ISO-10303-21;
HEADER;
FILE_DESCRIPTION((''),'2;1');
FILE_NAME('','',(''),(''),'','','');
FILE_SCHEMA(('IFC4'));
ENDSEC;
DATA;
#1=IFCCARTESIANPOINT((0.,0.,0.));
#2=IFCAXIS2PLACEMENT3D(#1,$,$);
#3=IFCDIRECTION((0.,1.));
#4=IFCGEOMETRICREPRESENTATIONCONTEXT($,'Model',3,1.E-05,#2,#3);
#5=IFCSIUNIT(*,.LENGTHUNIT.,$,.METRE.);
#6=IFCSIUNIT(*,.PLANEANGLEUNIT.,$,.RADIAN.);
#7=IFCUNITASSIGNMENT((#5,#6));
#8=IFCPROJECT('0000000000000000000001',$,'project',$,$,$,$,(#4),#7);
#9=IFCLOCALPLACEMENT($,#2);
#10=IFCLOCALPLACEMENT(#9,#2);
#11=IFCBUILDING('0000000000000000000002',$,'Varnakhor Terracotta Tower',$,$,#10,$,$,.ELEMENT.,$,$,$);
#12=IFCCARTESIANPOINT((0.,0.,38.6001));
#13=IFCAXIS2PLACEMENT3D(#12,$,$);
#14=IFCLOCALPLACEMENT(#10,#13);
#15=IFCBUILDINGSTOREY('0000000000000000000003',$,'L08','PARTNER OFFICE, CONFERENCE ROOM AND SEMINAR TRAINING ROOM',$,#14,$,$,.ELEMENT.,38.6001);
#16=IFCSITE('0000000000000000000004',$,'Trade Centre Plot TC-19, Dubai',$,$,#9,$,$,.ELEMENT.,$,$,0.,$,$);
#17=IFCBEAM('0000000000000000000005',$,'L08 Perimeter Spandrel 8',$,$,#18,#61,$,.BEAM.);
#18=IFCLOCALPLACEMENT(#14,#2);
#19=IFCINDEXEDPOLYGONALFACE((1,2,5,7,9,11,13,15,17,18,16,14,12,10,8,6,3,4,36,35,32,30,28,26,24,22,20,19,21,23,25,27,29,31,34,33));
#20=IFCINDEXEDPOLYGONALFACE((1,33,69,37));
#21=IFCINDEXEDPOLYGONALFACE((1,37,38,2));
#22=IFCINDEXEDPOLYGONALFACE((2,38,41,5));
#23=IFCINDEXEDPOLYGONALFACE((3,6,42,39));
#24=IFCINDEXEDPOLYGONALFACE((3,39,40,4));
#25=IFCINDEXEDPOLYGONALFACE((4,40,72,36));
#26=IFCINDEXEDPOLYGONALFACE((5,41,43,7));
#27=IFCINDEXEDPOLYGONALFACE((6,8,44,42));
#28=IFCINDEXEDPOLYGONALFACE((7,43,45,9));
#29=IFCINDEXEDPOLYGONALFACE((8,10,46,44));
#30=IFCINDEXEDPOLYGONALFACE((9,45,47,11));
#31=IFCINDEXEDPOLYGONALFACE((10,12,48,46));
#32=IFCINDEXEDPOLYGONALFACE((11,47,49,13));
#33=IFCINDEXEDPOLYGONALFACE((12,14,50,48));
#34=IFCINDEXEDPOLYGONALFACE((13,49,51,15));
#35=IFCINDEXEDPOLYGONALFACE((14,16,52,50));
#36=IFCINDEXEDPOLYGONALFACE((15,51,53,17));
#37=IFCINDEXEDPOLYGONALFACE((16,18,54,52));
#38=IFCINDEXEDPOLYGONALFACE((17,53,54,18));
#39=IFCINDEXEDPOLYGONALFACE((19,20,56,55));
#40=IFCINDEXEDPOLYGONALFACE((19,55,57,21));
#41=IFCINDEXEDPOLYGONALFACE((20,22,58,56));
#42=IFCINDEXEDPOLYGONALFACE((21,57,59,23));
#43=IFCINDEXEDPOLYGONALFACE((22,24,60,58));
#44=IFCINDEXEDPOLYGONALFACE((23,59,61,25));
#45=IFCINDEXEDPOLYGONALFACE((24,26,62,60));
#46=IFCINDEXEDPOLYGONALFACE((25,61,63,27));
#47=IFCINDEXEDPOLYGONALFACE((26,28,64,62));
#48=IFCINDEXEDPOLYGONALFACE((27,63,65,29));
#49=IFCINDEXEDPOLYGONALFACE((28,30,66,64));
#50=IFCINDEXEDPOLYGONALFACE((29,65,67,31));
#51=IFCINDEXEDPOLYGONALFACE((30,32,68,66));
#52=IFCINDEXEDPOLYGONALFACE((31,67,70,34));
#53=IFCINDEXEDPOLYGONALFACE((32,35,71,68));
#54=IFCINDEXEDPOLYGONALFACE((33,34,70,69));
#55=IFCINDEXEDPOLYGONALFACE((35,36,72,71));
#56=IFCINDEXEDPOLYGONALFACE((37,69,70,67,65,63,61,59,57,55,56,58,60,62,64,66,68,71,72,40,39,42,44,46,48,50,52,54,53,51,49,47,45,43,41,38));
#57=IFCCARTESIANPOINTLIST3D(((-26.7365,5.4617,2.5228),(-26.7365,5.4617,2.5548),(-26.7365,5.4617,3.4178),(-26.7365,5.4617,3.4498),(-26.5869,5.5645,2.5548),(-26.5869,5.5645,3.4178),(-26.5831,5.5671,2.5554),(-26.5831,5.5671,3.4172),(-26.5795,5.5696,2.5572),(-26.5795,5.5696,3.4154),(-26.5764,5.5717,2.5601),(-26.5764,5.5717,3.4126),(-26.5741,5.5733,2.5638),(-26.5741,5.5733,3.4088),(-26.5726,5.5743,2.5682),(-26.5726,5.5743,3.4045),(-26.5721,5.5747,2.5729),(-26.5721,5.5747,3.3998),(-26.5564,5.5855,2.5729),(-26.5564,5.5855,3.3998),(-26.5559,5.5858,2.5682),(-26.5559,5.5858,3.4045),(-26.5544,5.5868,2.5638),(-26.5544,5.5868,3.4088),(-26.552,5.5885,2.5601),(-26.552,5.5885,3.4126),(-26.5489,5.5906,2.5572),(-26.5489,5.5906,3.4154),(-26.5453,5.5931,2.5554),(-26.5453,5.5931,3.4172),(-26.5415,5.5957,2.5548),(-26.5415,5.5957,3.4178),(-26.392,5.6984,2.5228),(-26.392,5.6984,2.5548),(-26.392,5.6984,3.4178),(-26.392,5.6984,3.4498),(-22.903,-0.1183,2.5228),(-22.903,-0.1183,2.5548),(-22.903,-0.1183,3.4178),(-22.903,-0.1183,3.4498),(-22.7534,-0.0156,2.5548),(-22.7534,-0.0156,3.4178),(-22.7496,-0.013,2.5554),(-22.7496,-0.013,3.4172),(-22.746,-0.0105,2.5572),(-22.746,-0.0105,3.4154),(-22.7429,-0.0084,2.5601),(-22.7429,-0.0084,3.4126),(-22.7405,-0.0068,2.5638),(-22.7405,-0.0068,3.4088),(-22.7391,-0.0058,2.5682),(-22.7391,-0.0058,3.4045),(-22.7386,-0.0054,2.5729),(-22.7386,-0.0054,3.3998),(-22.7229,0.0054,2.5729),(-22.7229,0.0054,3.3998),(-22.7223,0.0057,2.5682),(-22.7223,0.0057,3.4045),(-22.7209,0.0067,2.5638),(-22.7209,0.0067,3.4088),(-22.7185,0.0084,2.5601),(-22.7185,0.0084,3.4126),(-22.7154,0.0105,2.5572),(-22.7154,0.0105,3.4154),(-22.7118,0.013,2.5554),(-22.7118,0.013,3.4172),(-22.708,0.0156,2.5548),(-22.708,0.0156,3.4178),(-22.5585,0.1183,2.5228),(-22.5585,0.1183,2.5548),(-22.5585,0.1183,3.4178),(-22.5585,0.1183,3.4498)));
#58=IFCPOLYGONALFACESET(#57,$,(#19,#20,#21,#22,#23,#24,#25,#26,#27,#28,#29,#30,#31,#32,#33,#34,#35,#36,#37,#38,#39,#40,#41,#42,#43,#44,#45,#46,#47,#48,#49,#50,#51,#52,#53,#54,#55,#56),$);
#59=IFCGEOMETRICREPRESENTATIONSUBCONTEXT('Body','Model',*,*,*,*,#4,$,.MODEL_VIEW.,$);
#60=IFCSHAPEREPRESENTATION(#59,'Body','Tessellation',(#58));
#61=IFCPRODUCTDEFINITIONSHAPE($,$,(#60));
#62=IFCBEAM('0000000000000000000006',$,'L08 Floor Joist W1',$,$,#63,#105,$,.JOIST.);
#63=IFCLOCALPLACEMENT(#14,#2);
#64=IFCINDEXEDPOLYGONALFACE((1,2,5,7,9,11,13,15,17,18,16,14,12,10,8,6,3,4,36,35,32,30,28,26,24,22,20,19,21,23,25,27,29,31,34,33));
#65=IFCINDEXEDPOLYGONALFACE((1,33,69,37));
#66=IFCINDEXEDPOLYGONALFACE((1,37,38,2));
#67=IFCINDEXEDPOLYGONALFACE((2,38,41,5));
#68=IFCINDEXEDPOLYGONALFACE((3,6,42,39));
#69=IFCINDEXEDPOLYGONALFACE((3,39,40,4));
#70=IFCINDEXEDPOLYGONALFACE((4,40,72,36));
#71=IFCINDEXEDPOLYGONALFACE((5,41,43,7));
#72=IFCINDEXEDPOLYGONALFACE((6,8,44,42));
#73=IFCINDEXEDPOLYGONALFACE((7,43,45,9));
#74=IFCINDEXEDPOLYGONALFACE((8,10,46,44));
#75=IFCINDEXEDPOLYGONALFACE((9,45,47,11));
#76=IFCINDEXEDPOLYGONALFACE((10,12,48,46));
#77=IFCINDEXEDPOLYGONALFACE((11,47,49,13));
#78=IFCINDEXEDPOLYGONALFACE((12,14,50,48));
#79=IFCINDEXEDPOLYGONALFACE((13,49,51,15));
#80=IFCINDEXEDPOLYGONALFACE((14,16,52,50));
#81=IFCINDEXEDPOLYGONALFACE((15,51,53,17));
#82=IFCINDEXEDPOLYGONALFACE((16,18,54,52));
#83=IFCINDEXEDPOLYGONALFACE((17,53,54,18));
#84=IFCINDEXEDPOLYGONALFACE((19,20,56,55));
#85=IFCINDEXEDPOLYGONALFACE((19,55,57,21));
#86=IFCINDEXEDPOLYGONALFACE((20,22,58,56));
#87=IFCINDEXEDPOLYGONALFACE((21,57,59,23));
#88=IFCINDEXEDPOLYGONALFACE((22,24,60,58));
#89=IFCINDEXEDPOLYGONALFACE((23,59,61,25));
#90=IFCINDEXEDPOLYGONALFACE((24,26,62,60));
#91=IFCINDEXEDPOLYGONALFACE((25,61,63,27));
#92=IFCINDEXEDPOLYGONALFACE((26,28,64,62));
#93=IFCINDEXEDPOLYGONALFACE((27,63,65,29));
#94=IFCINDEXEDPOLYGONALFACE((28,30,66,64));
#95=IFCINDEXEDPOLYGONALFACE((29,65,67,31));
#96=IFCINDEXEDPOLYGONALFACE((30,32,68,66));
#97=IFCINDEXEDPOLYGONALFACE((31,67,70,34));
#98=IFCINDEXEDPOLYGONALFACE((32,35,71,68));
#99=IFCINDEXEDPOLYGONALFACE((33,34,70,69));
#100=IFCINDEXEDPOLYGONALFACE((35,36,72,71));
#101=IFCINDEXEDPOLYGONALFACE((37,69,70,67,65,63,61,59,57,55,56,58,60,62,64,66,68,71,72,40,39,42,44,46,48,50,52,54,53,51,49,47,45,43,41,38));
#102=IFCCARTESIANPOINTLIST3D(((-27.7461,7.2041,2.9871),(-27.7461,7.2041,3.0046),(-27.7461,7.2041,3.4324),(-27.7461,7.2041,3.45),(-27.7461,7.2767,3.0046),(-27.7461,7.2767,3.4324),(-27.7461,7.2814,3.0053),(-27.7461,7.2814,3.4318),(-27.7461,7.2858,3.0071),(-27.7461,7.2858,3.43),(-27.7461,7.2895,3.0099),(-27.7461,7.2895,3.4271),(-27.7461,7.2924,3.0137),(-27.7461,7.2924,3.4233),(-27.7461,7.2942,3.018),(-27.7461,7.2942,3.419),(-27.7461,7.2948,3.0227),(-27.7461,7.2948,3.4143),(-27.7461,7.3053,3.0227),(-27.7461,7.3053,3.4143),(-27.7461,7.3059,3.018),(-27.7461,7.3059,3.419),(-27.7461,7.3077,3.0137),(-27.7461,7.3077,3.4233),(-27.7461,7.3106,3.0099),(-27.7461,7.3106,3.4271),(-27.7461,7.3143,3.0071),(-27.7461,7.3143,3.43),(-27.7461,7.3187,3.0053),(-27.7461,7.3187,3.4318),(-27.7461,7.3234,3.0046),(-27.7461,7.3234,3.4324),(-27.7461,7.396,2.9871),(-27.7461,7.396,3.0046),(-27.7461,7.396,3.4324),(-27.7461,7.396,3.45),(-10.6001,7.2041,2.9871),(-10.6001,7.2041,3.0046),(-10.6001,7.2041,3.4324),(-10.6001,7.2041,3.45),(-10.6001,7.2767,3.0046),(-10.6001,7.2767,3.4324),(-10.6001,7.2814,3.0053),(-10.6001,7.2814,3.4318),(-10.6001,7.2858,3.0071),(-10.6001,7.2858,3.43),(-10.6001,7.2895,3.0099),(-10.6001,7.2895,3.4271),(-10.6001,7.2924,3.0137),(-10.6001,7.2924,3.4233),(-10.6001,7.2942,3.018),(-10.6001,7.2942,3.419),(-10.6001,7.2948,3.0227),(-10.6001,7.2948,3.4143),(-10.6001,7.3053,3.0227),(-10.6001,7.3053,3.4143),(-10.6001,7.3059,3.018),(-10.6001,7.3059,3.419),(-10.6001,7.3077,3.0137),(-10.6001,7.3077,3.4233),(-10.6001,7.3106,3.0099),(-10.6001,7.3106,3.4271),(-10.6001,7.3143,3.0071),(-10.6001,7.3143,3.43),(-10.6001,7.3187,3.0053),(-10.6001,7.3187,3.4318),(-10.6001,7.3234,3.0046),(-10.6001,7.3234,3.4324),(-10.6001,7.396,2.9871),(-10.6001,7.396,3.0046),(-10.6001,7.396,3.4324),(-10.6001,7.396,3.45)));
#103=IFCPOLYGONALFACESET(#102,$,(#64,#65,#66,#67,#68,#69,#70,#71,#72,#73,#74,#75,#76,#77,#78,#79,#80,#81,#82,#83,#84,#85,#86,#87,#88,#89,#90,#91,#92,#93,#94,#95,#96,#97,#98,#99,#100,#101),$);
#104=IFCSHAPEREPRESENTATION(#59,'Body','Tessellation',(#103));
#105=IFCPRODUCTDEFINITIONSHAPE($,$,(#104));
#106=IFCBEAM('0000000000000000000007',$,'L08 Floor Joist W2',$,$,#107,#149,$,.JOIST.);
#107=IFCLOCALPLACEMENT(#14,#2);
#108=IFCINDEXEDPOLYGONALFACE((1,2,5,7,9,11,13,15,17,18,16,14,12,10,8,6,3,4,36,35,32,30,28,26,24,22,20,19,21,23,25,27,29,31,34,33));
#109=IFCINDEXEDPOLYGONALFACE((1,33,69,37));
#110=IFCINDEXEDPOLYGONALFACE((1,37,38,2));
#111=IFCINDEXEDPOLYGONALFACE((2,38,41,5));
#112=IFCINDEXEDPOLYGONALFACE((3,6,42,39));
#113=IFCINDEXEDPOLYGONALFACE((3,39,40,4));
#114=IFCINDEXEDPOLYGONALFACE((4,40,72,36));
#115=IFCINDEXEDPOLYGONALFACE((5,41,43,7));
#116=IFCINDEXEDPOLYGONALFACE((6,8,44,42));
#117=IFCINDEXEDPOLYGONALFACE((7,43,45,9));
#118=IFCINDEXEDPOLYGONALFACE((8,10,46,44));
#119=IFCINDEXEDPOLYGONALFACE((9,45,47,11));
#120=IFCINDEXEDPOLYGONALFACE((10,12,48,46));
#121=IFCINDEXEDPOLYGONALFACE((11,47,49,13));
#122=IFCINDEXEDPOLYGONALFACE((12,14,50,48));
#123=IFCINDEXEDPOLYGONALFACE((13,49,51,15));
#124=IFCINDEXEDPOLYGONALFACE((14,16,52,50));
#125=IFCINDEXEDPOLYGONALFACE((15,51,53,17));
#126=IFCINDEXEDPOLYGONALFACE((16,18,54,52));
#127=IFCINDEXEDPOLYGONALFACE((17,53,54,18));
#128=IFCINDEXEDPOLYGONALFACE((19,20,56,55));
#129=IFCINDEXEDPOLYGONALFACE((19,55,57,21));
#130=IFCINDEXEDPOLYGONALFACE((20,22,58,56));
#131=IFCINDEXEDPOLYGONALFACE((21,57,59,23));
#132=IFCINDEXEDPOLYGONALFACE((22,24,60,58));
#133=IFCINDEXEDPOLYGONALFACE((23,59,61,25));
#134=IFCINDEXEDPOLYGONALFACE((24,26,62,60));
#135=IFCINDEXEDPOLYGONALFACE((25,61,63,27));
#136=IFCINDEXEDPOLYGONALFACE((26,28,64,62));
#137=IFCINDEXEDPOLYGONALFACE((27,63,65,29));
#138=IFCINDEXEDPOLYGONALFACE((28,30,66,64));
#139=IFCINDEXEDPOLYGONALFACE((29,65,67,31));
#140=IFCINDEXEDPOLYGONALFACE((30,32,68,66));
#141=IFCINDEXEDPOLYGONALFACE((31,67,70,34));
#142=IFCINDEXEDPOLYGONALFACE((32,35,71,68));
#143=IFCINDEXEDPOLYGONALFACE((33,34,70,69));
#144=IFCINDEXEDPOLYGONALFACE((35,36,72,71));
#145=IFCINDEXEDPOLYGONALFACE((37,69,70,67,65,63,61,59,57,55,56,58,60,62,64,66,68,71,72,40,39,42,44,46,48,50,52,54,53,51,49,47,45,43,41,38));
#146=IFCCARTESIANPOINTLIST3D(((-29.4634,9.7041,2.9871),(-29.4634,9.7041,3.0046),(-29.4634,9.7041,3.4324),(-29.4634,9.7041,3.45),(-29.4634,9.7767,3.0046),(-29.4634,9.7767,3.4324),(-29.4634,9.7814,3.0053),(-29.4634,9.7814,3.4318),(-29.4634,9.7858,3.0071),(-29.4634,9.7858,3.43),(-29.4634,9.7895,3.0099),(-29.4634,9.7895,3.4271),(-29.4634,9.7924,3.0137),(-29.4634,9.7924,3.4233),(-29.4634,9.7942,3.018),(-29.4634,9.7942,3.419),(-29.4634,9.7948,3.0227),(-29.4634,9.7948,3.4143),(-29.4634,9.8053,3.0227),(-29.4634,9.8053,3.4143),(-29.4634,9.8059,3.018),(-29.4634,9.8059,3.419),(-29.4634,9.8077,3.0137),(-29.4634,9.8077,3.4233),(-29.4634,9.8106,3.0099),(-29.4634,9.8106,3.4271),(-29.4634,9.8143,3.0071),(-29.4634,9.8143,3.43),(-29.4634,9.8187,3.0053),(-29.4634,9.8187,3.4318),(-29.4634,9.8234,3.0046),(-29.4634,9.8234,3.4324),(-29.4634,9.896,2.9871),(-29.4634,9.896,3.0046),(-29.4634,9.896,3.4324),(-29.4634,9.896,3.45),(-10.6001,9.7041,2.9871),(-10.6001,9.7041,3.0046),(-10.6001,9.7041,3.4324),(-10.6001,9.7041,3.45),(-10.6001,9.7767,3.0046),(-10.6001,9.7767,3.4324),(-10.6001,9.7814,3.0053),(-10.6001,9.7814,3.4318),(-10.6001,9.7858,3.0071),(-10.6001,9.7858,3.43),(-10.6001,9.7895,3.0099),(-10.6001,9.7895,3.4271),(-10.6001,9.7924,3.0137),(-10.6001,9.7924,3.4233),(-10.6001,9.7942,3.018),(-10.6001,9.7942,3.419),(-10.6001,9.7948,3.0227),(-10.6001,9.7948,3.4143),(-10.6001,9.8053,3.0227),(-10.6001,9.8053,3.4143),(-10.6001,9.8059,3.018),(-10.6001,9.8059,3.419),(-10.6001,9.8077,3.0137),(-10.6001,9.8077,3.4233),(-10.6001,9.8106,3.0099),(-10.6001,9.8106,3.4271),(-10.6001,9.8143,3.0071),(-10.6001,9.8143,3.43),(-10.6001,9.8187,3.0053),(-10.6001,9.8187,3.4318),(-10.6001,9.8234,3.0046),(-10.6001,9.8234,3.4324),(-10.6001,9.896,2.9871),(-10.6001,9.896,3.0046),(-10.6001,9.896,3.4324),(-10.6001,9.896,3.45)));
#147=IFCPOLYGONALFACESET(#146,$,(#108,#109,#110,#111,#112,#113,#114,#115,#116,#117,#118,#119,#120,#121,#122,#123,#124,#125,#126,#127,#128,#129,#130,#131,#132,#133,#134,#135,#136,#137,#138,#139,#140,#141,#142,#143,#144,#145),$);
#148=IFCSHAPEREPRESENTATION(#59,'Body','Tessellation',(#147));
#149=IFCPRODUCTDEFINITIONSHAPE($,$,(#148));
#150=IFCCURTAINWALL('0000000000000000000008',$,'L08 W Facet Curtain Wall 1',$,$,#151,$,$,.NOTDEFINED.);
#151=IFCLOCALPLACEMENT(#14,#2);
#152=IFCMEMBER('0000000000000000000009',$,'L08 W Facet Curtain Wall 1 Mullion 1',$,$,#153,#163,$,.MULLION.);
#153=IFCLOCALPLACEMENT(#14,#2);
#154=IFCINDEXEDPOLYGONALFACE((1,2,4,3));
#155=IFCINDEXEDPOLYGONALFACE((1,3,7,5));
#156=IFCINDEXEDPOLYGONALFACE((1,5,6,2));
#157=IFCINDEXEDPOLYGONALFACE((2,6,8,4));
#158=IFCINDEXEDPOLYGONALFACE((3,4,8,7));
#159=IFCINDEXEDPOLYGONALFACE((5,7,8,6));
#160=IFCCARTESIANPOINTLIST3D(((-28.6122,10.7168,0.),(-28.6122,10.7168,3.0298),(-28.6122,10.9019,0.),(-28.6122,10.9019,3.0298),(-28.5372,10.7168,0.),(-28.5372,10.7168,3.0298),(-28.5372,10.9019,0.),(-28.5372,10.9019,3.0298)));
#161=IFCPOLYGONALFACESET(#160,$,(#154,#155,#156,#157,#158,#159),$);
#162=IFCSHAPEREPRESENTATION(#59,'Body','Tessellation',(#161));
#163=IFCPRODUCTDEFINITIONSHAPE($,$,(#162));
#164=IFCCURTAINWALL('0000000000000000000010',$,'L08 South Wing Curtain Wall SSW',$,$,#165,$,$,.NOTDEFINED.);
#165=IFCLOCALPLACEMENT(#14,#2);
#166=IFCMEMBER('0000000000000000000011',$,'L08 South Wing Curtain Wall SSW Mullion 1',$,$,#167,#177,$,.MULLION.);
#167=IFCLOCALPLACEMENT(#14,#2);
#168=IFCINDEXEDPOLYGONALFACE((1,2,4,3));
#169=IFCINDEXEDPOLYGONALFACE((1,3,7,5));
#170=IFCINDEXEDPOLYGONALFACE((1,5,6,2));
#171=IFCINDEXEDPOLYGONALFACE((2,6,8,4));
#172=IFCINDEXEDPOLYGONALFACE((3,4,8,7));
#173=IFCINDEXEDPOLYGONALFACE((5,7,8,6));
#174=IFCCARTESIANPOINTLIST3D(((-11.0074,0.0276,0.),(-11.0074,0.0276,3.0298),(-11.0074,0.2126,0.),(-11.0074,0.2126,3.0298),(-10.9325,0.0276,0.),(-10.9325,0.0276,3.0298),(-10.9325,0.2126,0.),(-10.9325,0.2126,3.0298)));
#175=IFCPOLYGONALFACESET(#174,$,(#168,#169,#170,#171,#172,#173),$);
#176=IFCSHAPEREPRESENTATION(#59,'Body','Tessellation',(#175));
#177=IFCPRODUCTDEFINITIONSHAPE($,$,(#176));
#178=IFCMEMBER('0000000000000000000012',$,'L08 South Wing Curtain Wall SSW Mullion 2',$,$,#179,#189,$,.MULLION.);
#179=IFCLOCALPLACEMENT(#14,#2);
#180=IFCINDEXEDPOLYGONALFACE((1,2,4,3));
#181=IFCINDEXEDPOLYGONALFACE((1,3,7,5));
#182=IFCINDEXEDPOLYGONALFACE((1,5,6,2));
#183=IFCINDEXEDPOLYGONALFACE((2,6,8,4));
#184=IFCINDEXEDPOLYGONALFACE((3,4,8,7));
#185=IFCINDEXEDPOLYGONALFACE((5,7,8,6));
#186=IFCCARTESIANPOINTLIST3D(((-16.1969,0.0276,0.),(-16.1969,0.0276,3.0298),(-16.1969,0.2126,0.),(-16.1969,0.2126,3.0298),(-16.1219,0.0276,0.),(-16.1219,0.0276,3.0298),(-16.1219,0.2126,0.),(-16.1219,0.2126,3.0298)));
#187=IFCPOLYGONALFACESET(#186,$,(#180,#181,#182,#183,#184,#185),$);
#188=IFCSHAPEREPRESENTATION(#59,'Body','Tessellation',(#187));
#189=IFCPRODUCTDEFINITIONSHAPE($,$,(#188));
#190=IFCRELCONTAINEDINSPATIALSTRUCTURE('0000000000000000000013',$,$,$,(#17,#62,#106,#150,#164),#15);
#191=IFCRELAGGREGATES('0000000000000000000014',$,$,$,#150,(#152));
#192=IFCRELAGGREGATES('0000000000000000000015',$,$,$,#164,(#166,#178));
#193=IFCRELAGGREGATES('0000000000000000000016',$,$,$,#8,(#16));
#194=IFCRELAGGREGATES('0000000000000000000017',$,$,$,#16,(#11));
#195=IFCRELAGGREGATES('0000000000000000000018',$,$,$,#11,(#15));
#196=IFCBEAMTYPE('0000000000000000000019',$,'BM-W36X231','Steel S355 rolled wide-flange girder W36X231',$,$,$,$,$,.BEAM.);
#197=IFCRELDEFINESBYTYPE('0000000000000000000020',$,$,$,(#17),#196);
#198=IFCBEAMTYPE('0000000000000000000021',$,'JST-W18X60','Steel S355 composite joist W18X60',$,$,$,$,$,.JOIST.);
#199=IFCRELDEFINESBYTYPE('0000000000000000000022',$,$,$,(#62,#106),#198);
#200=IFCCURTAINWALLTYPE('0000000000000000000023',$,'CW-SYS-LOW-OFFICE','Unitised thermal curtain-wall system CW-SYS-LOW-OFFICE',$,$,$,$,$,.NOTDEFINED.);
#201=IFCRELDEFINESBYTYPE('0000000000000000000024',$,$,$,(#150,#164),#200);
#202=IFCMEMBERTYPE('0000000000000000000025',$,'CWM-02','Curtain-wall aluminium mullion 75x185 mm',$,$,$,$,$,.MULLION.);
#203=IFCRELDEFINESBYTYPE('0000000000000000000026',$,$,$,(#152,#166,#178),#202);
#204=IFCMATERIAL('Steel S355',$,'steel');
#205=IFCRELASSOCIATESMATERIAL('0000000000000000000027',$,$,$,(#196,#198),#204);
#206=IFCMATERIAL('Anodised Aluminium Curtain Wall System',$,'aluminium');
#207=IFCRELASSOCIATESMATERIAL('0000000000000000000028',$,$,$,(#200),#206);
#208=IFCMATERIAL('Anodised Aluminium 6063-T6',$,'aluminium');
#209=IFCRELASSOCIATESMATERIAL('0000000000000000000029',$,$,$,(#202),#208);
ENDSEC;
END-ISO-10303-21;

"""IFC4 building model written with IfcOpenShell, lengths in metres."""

from ifc_helpers import new_model, si_unit, direction, frame, origin, origin_2d, place, context, subcontext, project, spatial, rectangle, i_section, extrude, source, transform, mapped, material, material_profile, profile_set, type_object, element, aggregate, save


model = new_model("IFC4")

# Units and contexts
model_context = context("Model", 3, precision=1e-05, world=origin(), true_north=direction((0.0, 1.0)))
body_context = subcontext(model_context, "Body", "Model", "MODEL_VIEW")
ifc_project = project(units=[si_unit("LENGTHUNIT", "METRE"), si_unit("PLANEANGLEUNIT", "RADIAN")], contexts=[model_context])

# Site, building, storey
site_placement = place(None, origin())
site = spatial("IfcSite", under=ifc_project, at=site_placement, Name="Trade Centre Plot TC-19, Dubai", CompositionType="ELEMENT", RefElevation=0.0)
building_placement = place(site_placement, origin())
building = spatial("IfcBuilding", under=site, at=building_placement, Name="Varnakhor Terracotta Tower", CompositionType="ELEMENT")
storey_placement = place(building_placement, frame((0.0, 0.0, 38.6001)))
storey = spatial("IfcBuildingStorey", under=building, at=storey_placement, Name="L08", Description="PARTNER OFFICE, CONFERENCE ROOM AND SEMINAR TRAINING ROOM", CompositionType="ELEMENT", Elevation=38.6001)

# Beams
ifc_material_1 = material(Name="Steel S355", Category="steel")
ifc_material_profile_1 = material_profile(ifc_material_1, i_section(OverallWidth=0.418, OverallDepth=0.927, WebThickness=0.019, FlangeThickness=0.032, FilletRadius=0.0181, at=origin_2d()), Name="W36X231")
ifc_profile_set_1 = profile_set([ifc_material_profile_1], Name="Steel S355")
beam_type_1 = type_object("IfcBeamType", Name="BM-W36X231", Description="Steel S355 rolled wide-flange girder W36X231", PredefinedType="BEAM", material=ifc_profile_set_1)
shared_shape_1 = source(origin(), body_context, "Body", "SweptSolid", [
    extrude(i_section(OverallWidth=0.418, OverallDepth=0.927, WebThickness=0.019, FlangeThickness=0.032, FilletRadius=0.0181, at=origin_2d()), origin(), (0.0, 0.0, 1.0), 6.77),
])
beam_1_placement = place(storey_placement, frame((-26.5642, 5.5801, 2.9863), z_axis=(0.566247, -0.824235, 0.0), x_axis=(0.824235, 0.566247, 0.0)))
element("IfcBeam", 1, at=beam_1_placement, inside=storey, type_object=beam_type_1, Name="L08 Perimeter Spandrel 8", PredefinedType="BEAM", context=body_context, shape_type="MappedRepresentation", body=[
    mapped(shared_shape_1, transform((0.0, 0.0, 0.0), scale=1.0)),
])
ifc_material_profile_2 = material_profile(ifc_material_1, i_section(OverallWidth=0.1919, OverallDepth=0.4629, WebThickness=0.0105, FlangeThickness=0.0176, FilletRadius=0.0181, at=origin_2d()), Name="W18X60")
ifc_profile_set_2 = profile_set([ifc_material_profile_2], Name="Steel S355")
beam_type_2 = type_object("IfcBeamType", Name="JST-W18X60", Description="Steel S355 composite joist W18X60", PredefinedType="JOIST", material=ifc_profile_set_2)
shared_shape_2 = source(origin(), body_context, "Body", "SweptSolid", [
    extrude(i_section(OverallWidth=0.1919, OverallDepth=0.4629, WebThickness=0.0105, FlangeThickness=0.0176, FilletRadius=0.0181, at=origin_2d()), origin(), (0.0, 0.0, 1.0), 17.146),
])
beam_2_placement = place(storey_placement, frame((-27.7461, 7.3, 3.2185), z_axis=(1.0, 0.0, 0.0), x_axis=(0.0, 1.0, 0.0)))
element("IfcBeam", 2, at=beam_2_placement, inside=storey, type_object=beam_type_2, Name="L08 Floor Joist W1", PredefinedType="JOIST", context=body_context, shape_type="MappedRepresentation", body=[
    mapped(shared_shape_2, transform((0.0, 0.0, 0.0), scale=1.0)),
])
shared_shape_3 = source(origin(), body_context, "Body", "SweptSolid", [
    extrude(i_section(OverallWidth=0.1919, OverallDepth=0.4629, WebThickness=0.0105, FlangeThickness=0.0176, FilletRadius=0.0181, at=origin_2d()), origin(), (0.0, 0.0, 1.0), 18.8633),
])
beam_3_placement = place(storey_placement, frame((-29.4634, 9.8, 3.2185), z_axis=(1.0, 0.0, 0.0), x_axis=(0.0, 1.0, 0.0)))
element("IfcBeam", 3, at=beam_3_placement, inside=storey, type_object=beam_type_2, Name="L08 Floor Joist W2", PredefinedType="JOIST", context=body_context, shape_type="MappedRepresentation", body=[
    mapped(shared_shape_3, transform((0.0, 0.0, 0.0), scale=1.0)),
])

# Curtain wall, member
ifc_material_2 = material(Name="Anodised Aluminium Curtain Wall System", Category="aluminium")
curtain_wall_type = type_object("IfcCurtainWallType", Name="CW-SYS-LOW-OFFICE", Description="Unitised thermal curtain-wall system CW-SYS-LOW-OFFICE", PredefinedType="NOTDEFINED", material=ifc_material_2)
curtain_wall_1_placement = place(storey_placement, origin())
curtain_wall_1 = element("IfcCurtainWall", 4, at=curtain_wall_1_placement, inside=storey, type_object=curtain_wall_type, Name="L08 W Facet Curtain Wall 1", PredefinedType="NOTDEFINED")
ifc_material_3 = material(Name="Anodised Aluminium 6063-T6", Category="aluminium")
ifc_material_profile_3 = material_profile(ifc_material_3, rectangle(XDim=0.075, YDim=0.1851, at=origin_2d()), Name="ALU MULLION 75x185")
ifc_profile_set_3 = profile_set([ifc_material_profile_3], Name="Anodised Aluminium 6063-T6")
member_type_1 = type_object("IfcMemberType", Name="CWM-02", Description="Curtain-wall aluminium mullion 75x185 mm", PredefinedType="MULLION", material=ifc_profile_set_3)
shared_shape_4 = source(origin(), body_context, "Body", "SweptSolid", [
    extrude(rectangle(XDim=0.075, YDim=0.1851, at=origin_2d()), origin(), (0.0, 0.0, 1.0), 3.0298),
])
member_1_placement = place(storey_placement, frame((-28.5747, 10.8093, 0.0), z_axis=(0.0, 0.0, 1.0), x_axis=(1.0, 0.0, 0.0)))
member_1 = element("IfcMember", 5, at=member_1_placement, type_object=member_type_1, Name="L08 W Facet Curtain Wall 1 Mullion 1", PredefinedType="MULLION", context=body_context, shape_type="MappedRepresentation", body=[
    mapped(shared_shape_4, transform((0.0, 0.0, 0.0), scale=1.0)),
])

# Curtain wall, members
curtain_wall_2_placement = place(storey_placement, origin())
curtain_wall_2 = element("IfcCurtainWall", 6, at=curtain_wall_2_placement, inside=storey, type_object=curtain_wall_type, Name="L08 South Wing Curtain Wall SSW", PredefinedType="NOTDEFINED")
member_2_placement = place(storey_placement, frame((-10.97, 0.1201, 0.0), z_axis=(0.0, 0.0, 1.0), x_axis=(1.0, 0.0, 0.0)))
member_2 = element("IfcMember", 7, at=member_2_placement, type_object=member_type_1, Name="L08 South Wing Curtain Wall SSW Mullion 1", PredefinedType="MULLION", context=body_context, shape_type="MappedRepresentation", body=[
    mapped(shared_shape_4, transform((0.0, 0.0, 0.0), scale=1.0)),
])
member_3_placement = place(storey_placement, frame((-16.1594, 0.1201, 0.0), z_axis=(0.0, 0.0, 1.0), x_axis=(1.0, 0.0, 0.0)))
member_3 = element("IfcMember", 8, at=member_3_placement, type_object=member_type_1, Name="L08 South Wing Curtain Wall SSW Mullion 2", PredefinedType="MULLION", context=body_context, shape_type="MappedRepresentation", body=[
    mapped(shared_shape_4, transform((0.0, 0.0, 0.0), scale=1.0)),
])

aggregate(curtain_wall_1, [member_1])

aggregate(curtain_wall_2, [member_2, member_3])

save(model, "model.ifc")
